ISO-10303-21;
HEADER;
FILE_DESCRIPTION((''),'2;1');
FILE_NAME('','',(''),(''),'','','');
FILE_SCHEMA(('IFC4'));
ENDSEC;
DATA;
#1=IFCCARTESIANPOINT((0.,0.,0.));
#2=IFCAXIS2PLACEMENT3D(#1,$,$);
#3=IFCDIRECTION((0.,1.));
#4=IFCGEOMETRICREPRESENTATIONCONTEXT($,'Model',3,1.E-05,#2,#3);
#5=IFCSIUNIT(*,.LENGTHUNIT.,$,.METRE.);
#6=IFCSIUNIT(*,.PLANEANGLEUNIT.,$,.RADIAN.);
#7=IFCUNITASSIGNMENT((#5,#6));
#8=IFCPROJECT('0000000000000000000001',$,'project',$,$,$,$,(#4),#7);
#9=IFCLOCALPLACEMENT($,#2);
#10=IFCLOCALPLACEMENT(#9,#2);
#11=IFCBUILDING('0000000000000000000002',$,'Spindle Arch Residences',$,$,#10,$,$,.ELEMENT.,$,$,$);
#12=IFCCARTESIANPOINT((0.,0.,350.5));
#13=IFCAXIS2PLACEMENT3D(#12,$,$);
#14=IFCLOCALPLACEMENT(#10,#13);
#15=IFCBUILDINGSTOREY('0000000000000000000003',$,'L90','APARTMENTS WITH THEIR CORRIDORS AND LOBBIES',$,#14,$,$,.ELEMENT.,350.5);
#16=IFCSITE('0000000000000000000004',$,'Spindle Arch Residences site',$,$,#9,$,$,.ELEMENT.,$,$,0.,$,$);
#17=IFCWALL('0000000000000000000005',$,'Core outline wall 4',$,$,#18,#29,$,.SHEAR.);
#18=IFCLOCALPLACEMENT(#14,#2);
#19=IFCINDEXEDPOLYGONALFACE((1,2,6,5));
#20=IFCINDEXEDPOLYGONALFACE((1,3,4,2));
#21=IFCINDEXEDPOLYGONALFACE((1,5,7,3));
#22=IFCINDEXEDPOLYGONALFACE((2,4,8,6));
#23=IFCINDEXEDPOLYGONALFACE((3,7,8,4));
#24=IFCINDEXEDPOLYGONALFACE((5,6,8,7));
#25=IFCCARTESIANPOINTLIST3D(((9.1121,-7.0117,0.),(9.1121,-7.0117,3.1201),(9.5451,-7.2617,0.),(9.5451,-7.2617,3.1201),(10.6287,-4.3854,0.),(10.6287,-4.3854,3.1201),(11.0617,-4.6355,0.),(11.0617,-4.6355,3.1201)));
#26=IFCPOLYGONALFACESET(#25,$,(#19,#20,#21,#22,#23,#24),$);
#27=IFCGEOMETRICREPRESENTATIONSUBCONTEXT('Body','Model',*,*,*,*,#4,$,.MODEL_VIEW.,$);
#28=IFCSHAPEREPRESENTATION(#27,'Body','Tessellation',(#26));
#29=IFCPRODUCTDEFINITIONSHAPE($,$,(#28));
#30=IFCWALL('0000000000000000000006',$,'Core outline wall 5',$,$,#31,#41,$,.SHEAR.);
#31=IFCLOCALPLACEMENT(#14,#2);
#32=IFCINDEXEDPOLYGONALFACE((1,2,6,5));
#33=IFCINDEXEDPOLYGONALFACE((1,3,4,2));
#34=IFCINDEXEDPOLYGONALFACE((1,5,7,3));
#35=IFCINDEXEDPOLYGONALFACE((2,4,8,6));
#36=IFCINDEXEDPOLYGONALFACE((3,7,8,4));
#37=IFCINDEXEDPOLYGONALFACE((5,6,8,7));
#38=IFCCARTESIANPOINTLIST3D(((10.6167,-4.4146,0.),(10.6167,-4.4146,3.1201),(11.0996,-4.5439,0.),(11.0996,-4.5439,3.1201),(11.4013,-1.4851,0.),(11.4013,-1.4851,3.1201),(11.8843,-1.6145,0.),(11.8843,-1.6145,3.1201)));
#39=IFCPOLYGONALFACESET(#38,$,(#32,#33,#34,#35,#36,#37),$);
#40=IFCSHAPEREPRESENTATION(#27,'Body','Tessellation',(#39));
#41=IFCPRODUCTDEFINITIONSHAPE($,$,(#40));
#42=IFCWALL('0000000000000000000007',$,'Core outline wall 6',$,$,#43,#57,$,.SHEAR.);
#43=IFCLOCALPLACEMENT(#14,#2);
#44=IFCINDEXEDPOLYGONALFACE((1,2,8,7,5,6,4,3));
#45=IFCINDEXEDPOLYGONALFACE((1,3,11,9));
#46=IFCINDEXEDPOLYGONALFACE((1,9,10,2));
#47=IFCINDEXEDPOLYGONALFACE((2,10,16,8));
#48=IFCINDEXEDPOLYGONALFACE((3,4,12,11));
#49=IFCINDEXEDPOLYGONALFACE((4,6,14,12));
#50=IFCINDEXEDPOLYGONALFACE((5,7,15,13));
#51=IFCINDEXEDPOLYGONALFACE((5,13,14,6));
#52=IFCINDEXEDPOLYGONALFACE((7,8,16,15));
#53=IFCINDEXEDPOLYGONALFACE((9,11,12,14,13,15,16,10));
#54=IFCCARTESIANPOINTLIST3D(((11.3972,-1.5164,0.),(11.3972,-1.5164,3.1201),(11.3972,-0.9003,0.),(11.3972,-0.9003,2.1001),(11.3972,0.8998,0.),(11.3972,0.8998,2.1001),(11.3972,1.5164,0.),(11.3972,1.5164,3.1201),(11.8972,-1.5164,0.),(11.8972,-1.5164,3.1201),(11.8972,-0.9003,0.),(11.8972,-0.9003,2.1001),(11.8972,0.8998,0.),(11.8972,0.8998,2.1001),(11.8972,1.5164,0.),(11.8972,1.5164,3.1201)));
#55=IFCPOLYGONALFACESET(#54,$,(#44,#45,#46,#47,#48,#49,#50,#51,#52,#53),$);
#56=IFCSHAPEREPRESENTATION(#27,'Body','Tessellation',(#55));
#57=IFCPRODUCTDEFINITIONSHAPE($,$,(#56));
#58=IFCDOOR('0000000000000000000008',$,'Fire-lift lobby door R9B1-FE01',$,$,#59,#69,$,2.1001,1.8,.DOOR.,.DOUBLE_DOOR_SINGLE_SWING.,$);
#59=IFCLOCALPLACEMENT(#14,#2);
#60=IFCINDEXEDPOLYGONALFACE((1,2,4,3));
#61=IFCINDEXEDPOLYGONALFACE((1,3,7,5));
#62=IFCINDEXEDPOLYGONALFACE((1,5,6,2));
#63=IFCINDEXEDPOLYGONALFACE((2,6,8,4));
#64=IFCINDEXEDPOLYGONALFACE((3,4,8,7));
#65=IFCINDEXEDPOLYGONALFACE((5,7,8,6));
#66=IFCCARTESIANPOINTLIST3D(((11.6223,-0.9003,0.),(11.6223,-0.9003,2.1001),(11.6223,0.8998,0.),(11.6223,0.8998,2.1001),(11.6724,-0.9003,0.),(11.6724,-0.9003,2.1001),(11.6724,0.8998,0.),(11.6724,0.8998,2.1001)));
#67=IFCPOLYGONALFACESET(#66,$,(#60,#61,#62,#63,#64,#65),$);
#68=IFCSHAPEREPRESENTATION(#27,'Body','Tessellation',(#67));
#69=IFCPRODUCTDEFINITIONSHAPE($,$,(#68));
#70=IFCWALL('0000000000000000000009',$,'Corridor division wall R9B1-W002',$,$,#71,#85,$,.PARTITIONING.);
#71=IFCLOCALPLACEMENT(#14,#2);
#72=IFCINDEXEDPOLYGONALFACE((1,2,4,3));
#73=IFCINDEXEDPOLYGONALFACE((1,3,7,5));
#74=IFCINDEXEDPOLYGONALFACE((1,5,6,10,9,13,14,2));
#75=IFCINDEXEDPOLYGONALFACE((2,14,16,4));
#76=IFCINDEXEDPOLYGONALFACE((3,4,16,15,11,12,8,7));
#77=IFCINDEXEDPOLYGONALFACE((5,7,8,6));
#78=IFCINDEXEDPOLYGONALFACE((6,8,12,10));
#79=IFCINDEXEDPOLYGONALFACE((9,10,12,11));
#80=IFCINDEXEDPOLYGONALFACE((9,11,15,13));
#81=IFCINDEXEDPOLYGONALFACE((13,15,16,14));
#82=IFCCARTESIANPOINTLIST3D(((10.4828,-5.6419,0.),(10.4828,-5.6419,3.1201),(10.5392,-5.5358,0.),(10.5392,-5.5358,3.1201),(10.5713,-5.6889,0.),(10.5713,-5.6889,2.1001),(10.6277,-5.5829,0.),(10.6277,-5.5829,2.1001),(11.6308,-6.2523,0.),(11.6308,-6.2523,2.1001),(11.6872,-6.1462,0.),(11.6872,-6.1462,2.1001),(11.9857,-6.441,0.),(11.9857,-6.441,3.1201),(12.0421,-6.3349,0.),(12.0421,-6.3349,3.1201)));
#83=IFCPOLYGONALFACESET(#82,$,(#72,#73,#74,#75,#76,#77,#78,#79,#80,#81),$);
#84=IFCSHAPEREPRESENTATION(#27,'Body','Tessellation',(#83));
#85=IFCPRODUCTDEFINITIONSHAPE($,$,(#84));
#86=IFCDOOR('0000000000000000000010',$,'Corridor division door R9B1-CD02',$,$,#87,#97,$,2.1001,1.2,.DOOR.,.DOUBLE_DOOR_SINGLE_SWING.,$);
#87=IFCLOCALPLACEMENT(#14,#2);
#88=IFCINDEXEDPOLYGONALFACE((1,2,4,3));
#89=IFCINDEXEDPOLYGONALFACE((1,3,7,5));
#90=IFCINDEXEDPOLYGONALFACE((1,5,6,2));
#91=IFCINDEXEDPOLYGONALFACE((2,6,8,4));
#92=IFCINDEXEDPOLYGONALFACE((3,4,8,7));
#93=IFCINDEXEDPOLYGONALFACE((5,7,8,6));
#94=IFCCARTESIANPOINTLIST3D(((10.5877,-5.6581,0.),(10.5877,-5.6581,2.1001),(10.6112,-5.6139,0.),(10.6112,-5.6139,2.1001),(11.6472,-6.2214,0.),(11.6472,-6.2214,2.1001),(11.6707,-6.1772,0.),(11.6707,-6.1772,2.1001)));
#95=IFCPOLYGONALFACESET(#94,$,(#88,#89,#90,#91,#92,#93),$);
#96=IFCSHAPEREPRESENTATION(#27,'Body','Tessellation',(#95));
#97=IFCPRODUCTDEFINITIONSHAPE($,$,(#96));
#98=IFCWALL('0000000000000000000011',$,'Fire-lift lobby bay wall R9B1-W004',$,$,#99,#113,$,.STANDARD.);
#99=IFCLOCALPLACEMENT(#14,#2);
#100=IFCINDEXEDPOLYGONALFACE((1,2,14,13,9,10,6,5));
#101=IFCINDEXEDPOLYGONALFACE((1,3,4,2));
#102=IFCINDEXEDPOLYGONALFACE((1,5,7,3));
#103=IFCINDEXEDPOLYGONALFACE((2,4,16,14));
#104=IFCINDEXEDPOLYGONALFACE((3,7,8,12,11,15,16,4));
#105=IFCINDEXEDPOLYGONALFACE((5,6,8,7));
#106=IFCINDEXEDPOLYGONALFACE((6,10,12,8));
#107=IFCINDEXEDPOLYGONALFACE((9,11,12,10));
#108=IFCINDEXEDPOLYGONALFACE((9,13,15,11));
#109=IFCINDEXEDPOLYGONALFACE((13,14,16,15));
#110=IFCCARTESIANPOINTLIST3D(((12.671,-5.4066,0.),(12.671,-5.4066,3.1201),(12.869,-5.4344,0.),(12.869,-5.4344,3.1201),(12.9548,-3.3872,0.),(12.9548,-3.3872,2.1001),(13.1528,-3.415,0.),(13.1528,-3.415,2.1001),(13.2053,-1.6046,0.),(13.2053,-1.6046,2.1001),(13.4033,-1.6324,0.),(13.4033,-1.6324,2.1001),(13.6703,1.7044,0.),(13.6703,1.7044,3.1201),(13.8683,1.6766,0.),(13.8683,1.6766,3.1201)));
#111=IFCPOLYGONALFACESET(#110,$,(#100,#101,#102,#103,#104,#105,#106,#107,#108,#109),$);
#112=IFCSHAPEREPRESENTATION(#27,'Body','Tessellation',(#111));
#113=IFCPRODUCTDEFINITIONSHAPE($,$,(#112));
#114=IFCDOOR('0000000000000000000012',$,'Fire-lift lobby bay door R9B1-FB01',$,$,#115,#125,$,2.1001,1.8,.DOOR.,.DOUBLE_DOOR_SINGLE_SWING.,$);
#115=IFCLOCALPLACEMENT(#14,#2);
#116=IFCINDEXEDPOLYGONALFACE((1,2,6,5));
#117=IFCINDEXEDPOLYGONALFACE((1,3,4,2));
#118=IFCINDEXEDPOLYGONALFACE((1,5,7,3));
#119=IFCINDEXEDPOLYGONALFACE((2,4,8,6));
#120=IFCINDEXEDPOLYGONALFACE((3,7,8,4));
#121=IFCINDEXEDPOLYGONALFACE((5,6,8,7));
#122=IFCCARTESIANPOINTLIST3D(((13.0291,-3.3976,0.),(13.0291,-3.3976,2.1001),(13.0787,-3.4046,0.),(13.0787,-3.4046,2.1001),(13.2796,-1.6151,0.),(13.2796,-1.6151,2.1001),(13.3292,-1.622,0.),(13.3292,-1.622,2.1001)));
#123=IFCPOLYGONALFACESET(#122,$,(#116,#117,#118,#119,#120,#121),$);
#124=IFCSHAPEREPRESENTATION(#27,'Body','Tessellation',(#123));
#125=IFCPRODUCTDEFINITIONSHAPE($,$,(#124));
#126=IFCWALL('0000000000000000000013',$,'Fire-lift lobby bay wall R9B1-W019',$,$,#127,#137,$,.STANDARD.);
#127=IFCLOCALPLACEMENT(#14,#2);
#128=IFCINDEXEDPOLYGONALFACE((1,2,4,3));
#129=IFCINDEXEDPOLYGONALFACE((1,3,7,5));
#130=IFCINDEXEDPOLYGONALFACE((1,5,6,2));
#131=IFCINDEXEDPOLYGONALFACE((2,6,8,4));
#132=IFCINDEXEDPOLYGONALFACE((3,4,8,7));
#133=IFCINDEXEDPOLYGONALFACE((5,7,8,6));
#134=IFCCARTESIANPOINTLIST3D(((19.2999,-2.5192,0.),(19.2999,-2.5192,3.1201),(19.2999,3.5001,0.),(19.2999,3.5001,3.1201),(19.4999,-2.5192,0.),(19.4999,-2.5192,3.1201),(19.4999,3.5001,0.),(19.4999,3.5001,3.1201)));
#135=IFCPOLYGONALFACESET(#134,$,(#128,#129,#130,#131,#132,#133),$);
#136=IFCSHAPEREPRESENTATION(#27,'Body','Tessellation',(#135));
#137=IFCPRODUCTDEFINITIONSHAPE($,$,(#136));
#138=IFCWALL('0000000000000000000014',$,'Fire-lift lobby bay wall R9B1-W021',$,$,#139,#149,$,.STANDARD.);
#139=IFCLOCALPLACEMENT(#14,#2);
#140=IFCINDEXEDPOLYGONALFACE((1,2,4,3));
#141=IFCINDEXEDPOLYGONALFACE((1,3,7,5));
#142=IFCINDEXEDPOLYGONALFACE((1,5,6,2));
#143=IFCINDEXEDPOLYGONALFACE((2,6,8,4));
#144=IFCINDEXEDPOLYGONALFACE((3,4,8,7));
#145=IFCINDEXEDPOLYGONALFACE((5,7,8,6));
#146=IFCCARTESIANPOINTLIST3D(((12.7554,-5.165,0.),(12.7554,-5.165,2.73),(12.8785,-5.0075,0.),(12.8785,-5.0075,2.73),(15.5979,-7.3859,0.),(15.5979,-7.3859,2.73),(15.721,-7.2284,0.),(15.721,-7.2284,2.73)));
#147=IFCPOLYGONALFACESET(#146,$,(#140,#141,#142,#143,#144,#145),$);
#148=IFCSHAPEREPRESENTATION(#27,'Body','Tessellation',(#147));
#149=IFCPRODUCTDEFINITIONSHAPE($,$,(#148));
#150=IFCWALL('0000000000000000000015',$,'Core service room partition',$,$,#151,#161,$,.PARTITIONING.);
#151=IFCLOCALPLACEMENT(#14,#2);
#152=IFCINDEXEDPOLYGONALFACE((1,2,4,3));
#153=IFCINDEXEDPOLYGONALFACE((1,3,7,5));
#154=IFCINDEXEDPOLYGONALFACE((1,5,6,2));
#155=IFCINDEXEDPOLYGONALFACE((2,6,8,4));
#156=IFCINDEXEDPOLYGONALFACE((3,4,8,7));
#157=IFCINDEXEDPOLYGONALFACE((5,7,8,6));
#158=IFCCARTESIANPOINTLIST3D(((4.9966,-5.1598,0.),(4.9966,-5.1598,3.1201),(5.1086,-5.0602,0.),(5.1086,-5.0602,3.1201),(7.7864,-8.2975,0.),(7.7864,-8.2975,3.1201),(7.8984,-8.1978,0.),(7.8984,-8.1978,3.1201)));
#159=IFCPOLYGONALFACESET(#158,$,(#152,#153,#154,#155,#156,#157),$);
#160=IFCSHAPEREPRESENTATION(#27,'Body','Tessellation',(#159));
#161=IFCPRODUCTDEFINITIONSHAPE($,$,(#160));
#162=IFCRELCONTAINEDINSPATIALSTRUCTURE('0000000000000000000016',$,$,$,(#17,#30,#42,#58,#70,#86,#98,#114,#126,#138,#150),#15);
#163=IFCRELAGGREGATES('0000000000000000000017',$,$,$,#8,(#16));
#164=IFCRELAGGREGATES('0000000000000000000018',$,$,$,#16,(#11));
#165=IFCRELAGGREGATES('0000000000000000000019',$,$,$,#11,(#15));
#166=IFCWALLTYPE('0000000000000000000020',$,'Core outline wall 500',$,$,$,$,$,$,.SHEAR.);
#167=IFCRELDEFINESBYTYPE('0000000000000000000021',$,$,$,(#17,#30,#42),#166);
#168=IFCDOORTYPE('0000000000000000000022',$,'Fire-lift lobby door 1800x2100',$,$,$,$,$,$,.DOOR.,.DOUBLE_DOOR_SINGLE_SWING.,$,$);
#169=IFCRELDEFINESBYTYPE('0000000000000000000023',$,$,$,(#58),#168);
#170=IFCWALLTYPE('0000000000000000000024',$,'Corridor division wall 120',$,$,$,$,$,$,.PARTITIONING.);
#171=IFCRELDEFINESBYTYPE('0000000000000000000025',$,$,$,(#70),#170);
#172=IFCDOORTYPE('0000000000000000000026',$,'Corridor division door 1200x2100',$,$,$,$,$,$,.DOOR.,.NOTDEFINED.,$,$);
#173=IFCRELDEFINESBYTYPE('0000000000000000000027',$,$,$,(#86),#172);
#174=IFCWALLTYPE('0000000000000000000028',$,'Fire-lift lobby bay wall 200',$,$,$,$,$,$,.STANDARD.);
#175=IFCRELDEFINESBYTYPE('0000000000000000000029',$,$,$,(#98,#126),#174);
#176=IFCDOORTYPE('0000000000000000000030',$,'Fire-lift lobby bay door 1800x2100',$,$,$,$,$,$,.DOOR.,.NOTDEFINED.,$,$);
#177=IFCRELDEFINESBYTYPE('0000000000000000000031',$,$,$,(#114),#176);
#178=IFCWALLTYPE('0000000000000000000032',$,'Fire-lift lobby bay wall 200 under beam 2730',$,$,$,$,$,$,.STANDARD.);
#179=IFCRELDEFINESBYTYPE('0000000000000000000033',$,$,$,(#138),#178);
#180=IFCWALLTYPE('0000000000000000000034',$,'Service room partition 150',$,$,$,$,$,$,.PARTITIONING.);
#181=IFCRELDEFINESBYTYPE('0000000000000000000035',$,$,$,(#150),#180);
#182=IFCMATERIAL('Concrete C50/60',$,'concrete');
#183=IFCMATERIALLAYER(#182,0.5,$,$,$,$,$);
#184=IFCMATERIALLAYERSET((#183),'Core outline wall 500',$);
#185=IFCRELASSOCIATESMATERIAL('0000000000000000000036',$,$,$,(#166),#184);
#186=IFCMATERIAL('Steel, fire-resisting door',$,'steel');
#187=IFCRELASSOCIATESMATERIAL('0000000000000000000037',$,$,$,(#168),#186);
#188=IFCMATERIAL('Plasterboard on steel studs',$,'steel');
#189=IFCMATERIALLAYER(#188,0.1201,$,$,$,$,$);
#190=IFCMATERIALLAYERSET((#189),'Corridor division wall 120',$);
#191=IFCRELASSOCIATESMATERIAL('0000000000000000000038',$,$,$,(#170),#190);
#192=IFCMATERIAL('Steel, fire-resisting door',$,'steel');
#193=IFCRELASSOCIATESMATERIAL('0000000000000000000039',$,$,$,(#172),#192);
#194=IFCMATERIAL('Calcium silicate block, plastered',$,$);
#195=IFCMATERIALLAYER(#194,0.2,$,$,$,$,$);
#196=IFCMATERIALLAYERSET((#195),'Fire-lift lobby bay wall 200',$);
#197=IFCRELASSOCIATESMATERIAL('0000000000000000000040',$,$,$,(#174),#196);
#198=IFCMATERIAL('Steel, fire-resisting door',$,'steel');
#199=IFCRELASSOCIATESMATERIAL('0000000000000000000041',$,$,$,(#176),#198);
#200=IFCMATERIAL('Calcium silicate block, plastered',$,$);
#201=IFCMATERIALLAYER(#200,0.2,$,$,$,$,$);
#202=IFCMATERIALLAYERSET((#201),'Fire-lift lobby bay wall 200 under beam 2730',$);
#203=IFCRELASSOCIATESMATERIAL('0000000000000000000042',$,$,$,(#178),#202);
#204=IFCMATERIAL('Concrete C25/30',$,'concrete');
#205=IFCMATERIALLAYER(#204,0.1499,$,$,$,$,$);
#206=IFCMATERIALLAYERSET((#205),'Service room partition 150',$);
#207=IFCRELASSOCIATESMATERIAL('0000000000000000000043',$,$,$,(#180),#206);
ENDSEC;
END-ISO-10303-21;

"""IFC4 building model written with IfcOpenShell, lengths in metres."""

from ifc_helpers import new_model, si_unit, direction, frame, frame_2d, origin, place, context, subcontext, project, spatial, rectangle, extrude, material, layer, layer_set, type_object, element, fill, save


model = new_model("IFC4")

# Units and contexts
model_context = context("Model", 3, precision=1e-05, world=origin(), true_north=direction((0.0, 1.0)))
body_context = subcontext(model_context, "Body", "Model", "MODEL_VIEW")
ifc_project = project(units=[si_unit("LENGTHUNIT", "METRE"), si_unit("PLANEANGLEUNIT", "RADIAN")], contexts=[model_context])

# Site, building, storey
site_placement = place(None, origin())
site = spatial("IfcSite", under=ifc_project, at=site_placement, Name="Spindle Arch Residences site", CompositionType="ELEMENT", RefElevation=0.0)
building_placement = place(site_placement, origin())
building = spatial("IfcBuilding", under=site, at=building_placement, Name="Spindle Arch Residences", CompositionType="ELEMENT")
storey_placement = place(building_placement, frame((0.0, 0.0, 350.5)))
storey = spatial("IfcBuildingStorey", under=building, at=storey_placement, Name="L90", Description="APARTMENTS WITH THEIR CORRIDORS AND LOBBIES", CompositionType="ELEMENT", Elevation=350.5)

# Walls
ifc_material_1 = material(Name="Concrete C50/60", Category="concrete")
ifc_layer_1 = layer(ifc_material_1, 0.5)
ifc_layer_set_1 = layer_set([ifc_layer_1], Name="Core outline wall 500")
wall_type_1 = type_object("IfcWallType", Name="Core outline wall 500", PredefinedType="SHEAR", material=ifc_layer_set_1)
for number, where, z_axis, x_axis, name in (
    (1, (9.3286, -7.1367, 0.0), (0.0, 0.0, 1.0), (0.500087, 0.865975, 0.0), "Core outline wall 4"),
    (2, (10.8582, -4.4792, 0.0), (0.0, 0.0, 1.0), (0.258735, 0.965948, 0.0), "Core outline wall 5"),
):
    element("IfcWall", number, at=place(storey_placement, frame(where, z_axis=z_axis, x_axis=x_axis)), inside=storey, type_object=wall_type_1, Name=name, PredefinedType="SHEAR", context=body_context, shape_type="SweptSolid", body=[
        extrude(rectangle(XDim=3.0327, YDim=0.5, at=frame_2d((1.5164, 0.0))), origin(), (0.0, 0.0, 1.0), 3.1201),
    ])

# Walls, openings, doors
wall_1_placement = place(storey_placement, frame((11.6472, -1.5164, 0.0), z_axis=(0.0, 0.0, 1.0), x_axis=(0.0, 1.0, 0.0)))
wall_1 = element("IfcWall", 3, at=wall_1_placement, inside=storey, type_object=wall_type_1, Name="Core outline wall 6", PredefinedType="SHEAR", context=body_context, shape_type="SweptSolid", body=[
    extrude(rectangle(XDim=3.0327, YDim=0.5, at=frame_2d((1.5164, 0.0))), origin(), (0.0, 0.0, 1.0), 3.1201),
])
opening_1_placement = place(wall_1_placement, frame((0.6162, 0.0, 0.0)))
opening_1 = element("IfcOpeningElement", 4, at=opening_1_placement, cuts=wall_1, PredefinedType="OPENING", context=body_context, shape_type="SweptSolid", body=[
    extrude(rectangle(XDim=1.8, YDim=2.1001, at=frame_2d((0.8999, 1.05))), frame((0.0, 0.26, 0.0), z_axis=(0.0, -1.0, 0.0), x_axis=(1.0, 0.0, 0.0)), (0.0, 0.0, 1.0), 0.52),
])
ifc_material_2 = material(Name="Steel, fire-resisting door", Category="steel")
door_type_1 = type_object("IfcDoorType", Name="Fire-lift lobby door 1800x2100", OperationType="DOUBLE_DOOR_SINGLE_SWING", PredefinedType="DOOR", material=ifc_material_2)
door_1_placement = place(opening_1_placement, origin())
door_1 = element("IfcDoor", 5, at=door_1_placement, inside=storey, type_object=door_type_1, Name="Fire-lift lobby door R9B1-FE01", OperationType="DOUBLE_DOOR_SINGLE_SWING", OverallHeight=2.1001, OverallWidth=1.8, PredefinedType="DOOR", context=body_context, shape_type="SweptSolid", body=[
    extrude(rectangle(XDim=1.8, YDim=2.1001, at=frame_2d((0.8999, 1.05))), frame((0.0, 0.0249, 0.0), z_axis=(0.0, -1.0, 0.0), x_axis=(1.0, 0.0, 0.0)), (0.0, 0.0, 1.0), 0.05),
])
fill(opening_1, door_1)
ifc_material_3 = material(Name="Plasterboard on steel studs", Category="steel")
ifc_layer_2 = layer(ifc_material_3, 0.1201)
ifc_layer_set_2 = layer_set([ifc_layer_2], Name="Corridor division wall 120")
wall_type_2 = type_object("IfcWallType", Name="Corridor division wall 120", PredefinedType="PARTITIONING", material=ifc_layer_set_2)
wall_2_placement = place(storey_placement, frame((10.511, -5.5889, 0.0), z_axis=(0.0, 0.0, 1.0), x_axis=(0.88296, -0.469449, 0.0)))
wall_2 = element("IfcWall", 6, at=wall_2_placement, inside=storey, type_object=wall_type_2, Name="Corridor division wall R9B1-W002", PredefinedType="PARTITIONING", context=body_context, shape_type="SweptSolid", body=[
    extrude(rectangle(XDim=1.7021, YDim=0.1201, at=frame_2d((0.8511, 0.0))), origin(), (0.0, 0.0, 1.0), 3.1201),
])
opening_2_placement = place(wall_2_placement, frame((0.1001, 0.0, 0.0)))
opening_2 = element("IfcOpeningElement", 7, at=opening_2_placement, cuts=wall_2, PredefinedType="OPENING", context=body_context, shape_type="SweptSolid", body=[
    extrude(rectangle(XDim=1.2, YDim=2.1001, at=frame_2d((0.6001, 1.05))), frame((0.0, 0.0701, 0.0), z_axis=(0.0, -1.0, 0.0), x_axis=(1.0, 0.0, 0.0)), (0.0, 0.0, 1.0), 0.1401),
])
ifc_material_4 = material(Name="Steel, fire-resisting door", Category="steel")
door_type_2 = type_object("IfcDoorType", Name="Corridor division door 1200x2100", OperationType="NOTDEFINED", PredefinedType="DOOR", material=ifc_material_4)
door_2_placement = place(opening_2_placement, origin())
door_2 = element("IfcDoor", 8, at=door_2_placement, inside=storey, type_object=door_type_2, Name="Corridor division door R9B1-CD02", OperationType="DOUBLE_DOOR_SINGLE_SWING", OverallHeight=2.1001, OverallWidth=1.2, PredefinedType="DOOR", context=body_context, shape_type="SweptSolid", body=[
    extrude(rectangle(XDim=1.2, YDim=2.1001, at=frame_2d((0.6001, 1.05))), frame((0.0, 0.0249, 0.0), z_axis=(0.0, -1.0, 0.0), x_axis=(1.0, 0.0, 0.0)), (0.0, 0.0, 1.0), 0.05),
])
fill(opening_2, door_2)
ifc_material_5 = material(Name="Calcium silicate block, plastered")
ifc_layer_3 = layer(ifc_material_5, 0.2)
ifc_layer_set_3 = layer_set([ifc_layer_3], Name="Fire-lift lobby bay wall 200")
wall_type_3 = type_object("IfcWallType", Name="Fire-lift lobby bay wall 200", PredefinedType="STANDARD", material=ifc_layer_set_3)
wall_3_placement = place(storey_placement, frame((12.77, -5.4204, 0.0), z_axis=(0.0, 0.0, 1.0), x_axis=(0.139155, 0.990271, 0.0)))
wall_3 = element("IfcWall", 9, at=wall_3_placement, inside=storey, type_object=wall_type_3, Name="Fire-lift lobby bay wall R9B1-W004", PredefinedType="STANDARD", context=body_context, shape_type="SweptSolid", body=[
    extrude(rectangle(XDim=7.1809, YDim=0.2, at=frame_2d((3.5903, 0.0))), origin(), (0.0, 0.0, 1.0), 3.1201),
])
opening_3_placement = place(wall_3_placement, frame((2.0393, 0.0, 0.0)))
opening_3 = element("IfcOpeningElement", 10, at=opening_3_placement, cuts=wall_3, PredefinedType="OPENING", context=body_context, shape_type="SweptSolid", body=[
    extrude(rectangle(XDim=1.8, YDim=2.1001, at=frame_2d((0.8999, 1.05))), frame((0.0, 0.1099, 0.0), z_axis=(0.0, -1.0, 0.0), x_axis=(1.0, 0.0, 0.0)), (0.0, 0.0, 1.0), 0.22),
])
ifc_material_6 = material(Name="Steel, fire-resisting door", Category="steel")
door_type_3 = type_object("IfcDoorType", Name="Fire-lift lobby bay door 1800x2100", OperationType="NOTDEFINED", PredefinedType="DOOR", material=ifc_material_6)
door_3_placement = place(opening_3_placement, origin())
door_3 = element("IfcDoor", 11, at=door_3_placement, inside=storey, type_object=door_type_3, Name="Fire-lift lobby bay door R9B1-FB01", OperationType="DOUBLE_DOOR_SINGLE_SWING", OverallHeight=2.1001, OverallWidth=1.8, PredefinedType="DOOR", context=body_context, shape_type="SweptSolid", body=[
    extrude(rectangle(XDim=1.8, YDim=2.1001, at=frame_2d((0.8999, 1.05))), frame((0.0, 0.0249, 0.0), z_axis=(0.0, -1.0, 0.0), x_axis=(1.0, 0.0, 0.0)), (0.0, 0.0, 1.0), 0.05),
])
fill(opening_3, door_3)

# Walls
wall_4_placement = place(storey_placement, frame((19.3999, -2.5193, 0.0), z_axis=(0.0, 0.0, 1.0), x_axis=(0.0, 1.0, 0.0)))
element("IfcWall", 12, at=wall_4_placement, inside=storey, type_object=wall_type_3, Name="Fire-lift lobby bay wall R9B1-W019", PredefinedType="STANDARD", context=body_context, shape_type="SweptSolid", body=[
    extrude(rectangle(XDim=6.0193, YDim=0.2, at=frame_2d((3.0098, 0.0))), origin(), (0.0, 0.0, 1.0), 3.1201),
])
ifc_material_7 = material(Name="Calcium silicate block, plastered")
ifc_layer_4 = layer(ifc_material_7, 0.2)
ifc_layer_set_4 = layer_set([ifc_layer_4], Name="Fire-lift lobby bay wall 200 under beam 2730")
wall_type_4 = type_object("IfcWallType", Name="Fire-lift lobby bay wall 200 under beam 2730", PredefinedType="STANDARD", material=ifc_layer_set_4)
wall_5_placement = place(storey_placement, frame((12.8169, -5.0862, 0.0), z_axis=(0.0, 0.0, 1.0), x_axis=(0.787995, -0.615682, 0.0)))
element("IfcWall", 13, at=wall_5_placement, inside=storey, type_object=wall_type_4, Name="Fire-lift lobby bay wall R9B1-W021", PredefinedType="STANDARD", context=body_context, shape_type="SweptSolid", body=[
    extrude(rectangle(XDim=3.6072, YDim=0.2, at=frame_2d((1.8037, 0.0))), origin(), (0.0, 0.0, 1.0), 2.73),
])

# Wall
ifc_material_8 = material(Name="Concrete C25/30", Category="concrete")
ifc_layer_5 = layer(ifc_material_8, 0.1499)
ifc_layer_set_5 = layer_set([ifc_layer_5], Name="Service room partition 150")
wall_type_5 = type_object("IfcWallType", Name="Service room partition 150", PredefinedType="PARTITIONING", material=ifc_layer_set_5)
wall_6_placement = place(storey_placement, frame((7.8423, -8.2476, 0.0), z_axis=(0.0, 0.0, 1.0), x_axis=(-0.664461, 0.747323, 0.0)))
element("IfcWall", 14, at=wall_6_placement, inside=storey, type_object=wall_type_5, Name="Core service room partition", PredefinedType="PARTITIONING", context=body_context, shape_type="SweptSolid", body=[
    extrude(rectangle(XDim=4.1985, YDim=0.1499, at=frame_2d((2.0991, 0.0))), origin(), (0.0, 0.0, 1.0), 3.1201),
])

save(model, "model.ifc")
